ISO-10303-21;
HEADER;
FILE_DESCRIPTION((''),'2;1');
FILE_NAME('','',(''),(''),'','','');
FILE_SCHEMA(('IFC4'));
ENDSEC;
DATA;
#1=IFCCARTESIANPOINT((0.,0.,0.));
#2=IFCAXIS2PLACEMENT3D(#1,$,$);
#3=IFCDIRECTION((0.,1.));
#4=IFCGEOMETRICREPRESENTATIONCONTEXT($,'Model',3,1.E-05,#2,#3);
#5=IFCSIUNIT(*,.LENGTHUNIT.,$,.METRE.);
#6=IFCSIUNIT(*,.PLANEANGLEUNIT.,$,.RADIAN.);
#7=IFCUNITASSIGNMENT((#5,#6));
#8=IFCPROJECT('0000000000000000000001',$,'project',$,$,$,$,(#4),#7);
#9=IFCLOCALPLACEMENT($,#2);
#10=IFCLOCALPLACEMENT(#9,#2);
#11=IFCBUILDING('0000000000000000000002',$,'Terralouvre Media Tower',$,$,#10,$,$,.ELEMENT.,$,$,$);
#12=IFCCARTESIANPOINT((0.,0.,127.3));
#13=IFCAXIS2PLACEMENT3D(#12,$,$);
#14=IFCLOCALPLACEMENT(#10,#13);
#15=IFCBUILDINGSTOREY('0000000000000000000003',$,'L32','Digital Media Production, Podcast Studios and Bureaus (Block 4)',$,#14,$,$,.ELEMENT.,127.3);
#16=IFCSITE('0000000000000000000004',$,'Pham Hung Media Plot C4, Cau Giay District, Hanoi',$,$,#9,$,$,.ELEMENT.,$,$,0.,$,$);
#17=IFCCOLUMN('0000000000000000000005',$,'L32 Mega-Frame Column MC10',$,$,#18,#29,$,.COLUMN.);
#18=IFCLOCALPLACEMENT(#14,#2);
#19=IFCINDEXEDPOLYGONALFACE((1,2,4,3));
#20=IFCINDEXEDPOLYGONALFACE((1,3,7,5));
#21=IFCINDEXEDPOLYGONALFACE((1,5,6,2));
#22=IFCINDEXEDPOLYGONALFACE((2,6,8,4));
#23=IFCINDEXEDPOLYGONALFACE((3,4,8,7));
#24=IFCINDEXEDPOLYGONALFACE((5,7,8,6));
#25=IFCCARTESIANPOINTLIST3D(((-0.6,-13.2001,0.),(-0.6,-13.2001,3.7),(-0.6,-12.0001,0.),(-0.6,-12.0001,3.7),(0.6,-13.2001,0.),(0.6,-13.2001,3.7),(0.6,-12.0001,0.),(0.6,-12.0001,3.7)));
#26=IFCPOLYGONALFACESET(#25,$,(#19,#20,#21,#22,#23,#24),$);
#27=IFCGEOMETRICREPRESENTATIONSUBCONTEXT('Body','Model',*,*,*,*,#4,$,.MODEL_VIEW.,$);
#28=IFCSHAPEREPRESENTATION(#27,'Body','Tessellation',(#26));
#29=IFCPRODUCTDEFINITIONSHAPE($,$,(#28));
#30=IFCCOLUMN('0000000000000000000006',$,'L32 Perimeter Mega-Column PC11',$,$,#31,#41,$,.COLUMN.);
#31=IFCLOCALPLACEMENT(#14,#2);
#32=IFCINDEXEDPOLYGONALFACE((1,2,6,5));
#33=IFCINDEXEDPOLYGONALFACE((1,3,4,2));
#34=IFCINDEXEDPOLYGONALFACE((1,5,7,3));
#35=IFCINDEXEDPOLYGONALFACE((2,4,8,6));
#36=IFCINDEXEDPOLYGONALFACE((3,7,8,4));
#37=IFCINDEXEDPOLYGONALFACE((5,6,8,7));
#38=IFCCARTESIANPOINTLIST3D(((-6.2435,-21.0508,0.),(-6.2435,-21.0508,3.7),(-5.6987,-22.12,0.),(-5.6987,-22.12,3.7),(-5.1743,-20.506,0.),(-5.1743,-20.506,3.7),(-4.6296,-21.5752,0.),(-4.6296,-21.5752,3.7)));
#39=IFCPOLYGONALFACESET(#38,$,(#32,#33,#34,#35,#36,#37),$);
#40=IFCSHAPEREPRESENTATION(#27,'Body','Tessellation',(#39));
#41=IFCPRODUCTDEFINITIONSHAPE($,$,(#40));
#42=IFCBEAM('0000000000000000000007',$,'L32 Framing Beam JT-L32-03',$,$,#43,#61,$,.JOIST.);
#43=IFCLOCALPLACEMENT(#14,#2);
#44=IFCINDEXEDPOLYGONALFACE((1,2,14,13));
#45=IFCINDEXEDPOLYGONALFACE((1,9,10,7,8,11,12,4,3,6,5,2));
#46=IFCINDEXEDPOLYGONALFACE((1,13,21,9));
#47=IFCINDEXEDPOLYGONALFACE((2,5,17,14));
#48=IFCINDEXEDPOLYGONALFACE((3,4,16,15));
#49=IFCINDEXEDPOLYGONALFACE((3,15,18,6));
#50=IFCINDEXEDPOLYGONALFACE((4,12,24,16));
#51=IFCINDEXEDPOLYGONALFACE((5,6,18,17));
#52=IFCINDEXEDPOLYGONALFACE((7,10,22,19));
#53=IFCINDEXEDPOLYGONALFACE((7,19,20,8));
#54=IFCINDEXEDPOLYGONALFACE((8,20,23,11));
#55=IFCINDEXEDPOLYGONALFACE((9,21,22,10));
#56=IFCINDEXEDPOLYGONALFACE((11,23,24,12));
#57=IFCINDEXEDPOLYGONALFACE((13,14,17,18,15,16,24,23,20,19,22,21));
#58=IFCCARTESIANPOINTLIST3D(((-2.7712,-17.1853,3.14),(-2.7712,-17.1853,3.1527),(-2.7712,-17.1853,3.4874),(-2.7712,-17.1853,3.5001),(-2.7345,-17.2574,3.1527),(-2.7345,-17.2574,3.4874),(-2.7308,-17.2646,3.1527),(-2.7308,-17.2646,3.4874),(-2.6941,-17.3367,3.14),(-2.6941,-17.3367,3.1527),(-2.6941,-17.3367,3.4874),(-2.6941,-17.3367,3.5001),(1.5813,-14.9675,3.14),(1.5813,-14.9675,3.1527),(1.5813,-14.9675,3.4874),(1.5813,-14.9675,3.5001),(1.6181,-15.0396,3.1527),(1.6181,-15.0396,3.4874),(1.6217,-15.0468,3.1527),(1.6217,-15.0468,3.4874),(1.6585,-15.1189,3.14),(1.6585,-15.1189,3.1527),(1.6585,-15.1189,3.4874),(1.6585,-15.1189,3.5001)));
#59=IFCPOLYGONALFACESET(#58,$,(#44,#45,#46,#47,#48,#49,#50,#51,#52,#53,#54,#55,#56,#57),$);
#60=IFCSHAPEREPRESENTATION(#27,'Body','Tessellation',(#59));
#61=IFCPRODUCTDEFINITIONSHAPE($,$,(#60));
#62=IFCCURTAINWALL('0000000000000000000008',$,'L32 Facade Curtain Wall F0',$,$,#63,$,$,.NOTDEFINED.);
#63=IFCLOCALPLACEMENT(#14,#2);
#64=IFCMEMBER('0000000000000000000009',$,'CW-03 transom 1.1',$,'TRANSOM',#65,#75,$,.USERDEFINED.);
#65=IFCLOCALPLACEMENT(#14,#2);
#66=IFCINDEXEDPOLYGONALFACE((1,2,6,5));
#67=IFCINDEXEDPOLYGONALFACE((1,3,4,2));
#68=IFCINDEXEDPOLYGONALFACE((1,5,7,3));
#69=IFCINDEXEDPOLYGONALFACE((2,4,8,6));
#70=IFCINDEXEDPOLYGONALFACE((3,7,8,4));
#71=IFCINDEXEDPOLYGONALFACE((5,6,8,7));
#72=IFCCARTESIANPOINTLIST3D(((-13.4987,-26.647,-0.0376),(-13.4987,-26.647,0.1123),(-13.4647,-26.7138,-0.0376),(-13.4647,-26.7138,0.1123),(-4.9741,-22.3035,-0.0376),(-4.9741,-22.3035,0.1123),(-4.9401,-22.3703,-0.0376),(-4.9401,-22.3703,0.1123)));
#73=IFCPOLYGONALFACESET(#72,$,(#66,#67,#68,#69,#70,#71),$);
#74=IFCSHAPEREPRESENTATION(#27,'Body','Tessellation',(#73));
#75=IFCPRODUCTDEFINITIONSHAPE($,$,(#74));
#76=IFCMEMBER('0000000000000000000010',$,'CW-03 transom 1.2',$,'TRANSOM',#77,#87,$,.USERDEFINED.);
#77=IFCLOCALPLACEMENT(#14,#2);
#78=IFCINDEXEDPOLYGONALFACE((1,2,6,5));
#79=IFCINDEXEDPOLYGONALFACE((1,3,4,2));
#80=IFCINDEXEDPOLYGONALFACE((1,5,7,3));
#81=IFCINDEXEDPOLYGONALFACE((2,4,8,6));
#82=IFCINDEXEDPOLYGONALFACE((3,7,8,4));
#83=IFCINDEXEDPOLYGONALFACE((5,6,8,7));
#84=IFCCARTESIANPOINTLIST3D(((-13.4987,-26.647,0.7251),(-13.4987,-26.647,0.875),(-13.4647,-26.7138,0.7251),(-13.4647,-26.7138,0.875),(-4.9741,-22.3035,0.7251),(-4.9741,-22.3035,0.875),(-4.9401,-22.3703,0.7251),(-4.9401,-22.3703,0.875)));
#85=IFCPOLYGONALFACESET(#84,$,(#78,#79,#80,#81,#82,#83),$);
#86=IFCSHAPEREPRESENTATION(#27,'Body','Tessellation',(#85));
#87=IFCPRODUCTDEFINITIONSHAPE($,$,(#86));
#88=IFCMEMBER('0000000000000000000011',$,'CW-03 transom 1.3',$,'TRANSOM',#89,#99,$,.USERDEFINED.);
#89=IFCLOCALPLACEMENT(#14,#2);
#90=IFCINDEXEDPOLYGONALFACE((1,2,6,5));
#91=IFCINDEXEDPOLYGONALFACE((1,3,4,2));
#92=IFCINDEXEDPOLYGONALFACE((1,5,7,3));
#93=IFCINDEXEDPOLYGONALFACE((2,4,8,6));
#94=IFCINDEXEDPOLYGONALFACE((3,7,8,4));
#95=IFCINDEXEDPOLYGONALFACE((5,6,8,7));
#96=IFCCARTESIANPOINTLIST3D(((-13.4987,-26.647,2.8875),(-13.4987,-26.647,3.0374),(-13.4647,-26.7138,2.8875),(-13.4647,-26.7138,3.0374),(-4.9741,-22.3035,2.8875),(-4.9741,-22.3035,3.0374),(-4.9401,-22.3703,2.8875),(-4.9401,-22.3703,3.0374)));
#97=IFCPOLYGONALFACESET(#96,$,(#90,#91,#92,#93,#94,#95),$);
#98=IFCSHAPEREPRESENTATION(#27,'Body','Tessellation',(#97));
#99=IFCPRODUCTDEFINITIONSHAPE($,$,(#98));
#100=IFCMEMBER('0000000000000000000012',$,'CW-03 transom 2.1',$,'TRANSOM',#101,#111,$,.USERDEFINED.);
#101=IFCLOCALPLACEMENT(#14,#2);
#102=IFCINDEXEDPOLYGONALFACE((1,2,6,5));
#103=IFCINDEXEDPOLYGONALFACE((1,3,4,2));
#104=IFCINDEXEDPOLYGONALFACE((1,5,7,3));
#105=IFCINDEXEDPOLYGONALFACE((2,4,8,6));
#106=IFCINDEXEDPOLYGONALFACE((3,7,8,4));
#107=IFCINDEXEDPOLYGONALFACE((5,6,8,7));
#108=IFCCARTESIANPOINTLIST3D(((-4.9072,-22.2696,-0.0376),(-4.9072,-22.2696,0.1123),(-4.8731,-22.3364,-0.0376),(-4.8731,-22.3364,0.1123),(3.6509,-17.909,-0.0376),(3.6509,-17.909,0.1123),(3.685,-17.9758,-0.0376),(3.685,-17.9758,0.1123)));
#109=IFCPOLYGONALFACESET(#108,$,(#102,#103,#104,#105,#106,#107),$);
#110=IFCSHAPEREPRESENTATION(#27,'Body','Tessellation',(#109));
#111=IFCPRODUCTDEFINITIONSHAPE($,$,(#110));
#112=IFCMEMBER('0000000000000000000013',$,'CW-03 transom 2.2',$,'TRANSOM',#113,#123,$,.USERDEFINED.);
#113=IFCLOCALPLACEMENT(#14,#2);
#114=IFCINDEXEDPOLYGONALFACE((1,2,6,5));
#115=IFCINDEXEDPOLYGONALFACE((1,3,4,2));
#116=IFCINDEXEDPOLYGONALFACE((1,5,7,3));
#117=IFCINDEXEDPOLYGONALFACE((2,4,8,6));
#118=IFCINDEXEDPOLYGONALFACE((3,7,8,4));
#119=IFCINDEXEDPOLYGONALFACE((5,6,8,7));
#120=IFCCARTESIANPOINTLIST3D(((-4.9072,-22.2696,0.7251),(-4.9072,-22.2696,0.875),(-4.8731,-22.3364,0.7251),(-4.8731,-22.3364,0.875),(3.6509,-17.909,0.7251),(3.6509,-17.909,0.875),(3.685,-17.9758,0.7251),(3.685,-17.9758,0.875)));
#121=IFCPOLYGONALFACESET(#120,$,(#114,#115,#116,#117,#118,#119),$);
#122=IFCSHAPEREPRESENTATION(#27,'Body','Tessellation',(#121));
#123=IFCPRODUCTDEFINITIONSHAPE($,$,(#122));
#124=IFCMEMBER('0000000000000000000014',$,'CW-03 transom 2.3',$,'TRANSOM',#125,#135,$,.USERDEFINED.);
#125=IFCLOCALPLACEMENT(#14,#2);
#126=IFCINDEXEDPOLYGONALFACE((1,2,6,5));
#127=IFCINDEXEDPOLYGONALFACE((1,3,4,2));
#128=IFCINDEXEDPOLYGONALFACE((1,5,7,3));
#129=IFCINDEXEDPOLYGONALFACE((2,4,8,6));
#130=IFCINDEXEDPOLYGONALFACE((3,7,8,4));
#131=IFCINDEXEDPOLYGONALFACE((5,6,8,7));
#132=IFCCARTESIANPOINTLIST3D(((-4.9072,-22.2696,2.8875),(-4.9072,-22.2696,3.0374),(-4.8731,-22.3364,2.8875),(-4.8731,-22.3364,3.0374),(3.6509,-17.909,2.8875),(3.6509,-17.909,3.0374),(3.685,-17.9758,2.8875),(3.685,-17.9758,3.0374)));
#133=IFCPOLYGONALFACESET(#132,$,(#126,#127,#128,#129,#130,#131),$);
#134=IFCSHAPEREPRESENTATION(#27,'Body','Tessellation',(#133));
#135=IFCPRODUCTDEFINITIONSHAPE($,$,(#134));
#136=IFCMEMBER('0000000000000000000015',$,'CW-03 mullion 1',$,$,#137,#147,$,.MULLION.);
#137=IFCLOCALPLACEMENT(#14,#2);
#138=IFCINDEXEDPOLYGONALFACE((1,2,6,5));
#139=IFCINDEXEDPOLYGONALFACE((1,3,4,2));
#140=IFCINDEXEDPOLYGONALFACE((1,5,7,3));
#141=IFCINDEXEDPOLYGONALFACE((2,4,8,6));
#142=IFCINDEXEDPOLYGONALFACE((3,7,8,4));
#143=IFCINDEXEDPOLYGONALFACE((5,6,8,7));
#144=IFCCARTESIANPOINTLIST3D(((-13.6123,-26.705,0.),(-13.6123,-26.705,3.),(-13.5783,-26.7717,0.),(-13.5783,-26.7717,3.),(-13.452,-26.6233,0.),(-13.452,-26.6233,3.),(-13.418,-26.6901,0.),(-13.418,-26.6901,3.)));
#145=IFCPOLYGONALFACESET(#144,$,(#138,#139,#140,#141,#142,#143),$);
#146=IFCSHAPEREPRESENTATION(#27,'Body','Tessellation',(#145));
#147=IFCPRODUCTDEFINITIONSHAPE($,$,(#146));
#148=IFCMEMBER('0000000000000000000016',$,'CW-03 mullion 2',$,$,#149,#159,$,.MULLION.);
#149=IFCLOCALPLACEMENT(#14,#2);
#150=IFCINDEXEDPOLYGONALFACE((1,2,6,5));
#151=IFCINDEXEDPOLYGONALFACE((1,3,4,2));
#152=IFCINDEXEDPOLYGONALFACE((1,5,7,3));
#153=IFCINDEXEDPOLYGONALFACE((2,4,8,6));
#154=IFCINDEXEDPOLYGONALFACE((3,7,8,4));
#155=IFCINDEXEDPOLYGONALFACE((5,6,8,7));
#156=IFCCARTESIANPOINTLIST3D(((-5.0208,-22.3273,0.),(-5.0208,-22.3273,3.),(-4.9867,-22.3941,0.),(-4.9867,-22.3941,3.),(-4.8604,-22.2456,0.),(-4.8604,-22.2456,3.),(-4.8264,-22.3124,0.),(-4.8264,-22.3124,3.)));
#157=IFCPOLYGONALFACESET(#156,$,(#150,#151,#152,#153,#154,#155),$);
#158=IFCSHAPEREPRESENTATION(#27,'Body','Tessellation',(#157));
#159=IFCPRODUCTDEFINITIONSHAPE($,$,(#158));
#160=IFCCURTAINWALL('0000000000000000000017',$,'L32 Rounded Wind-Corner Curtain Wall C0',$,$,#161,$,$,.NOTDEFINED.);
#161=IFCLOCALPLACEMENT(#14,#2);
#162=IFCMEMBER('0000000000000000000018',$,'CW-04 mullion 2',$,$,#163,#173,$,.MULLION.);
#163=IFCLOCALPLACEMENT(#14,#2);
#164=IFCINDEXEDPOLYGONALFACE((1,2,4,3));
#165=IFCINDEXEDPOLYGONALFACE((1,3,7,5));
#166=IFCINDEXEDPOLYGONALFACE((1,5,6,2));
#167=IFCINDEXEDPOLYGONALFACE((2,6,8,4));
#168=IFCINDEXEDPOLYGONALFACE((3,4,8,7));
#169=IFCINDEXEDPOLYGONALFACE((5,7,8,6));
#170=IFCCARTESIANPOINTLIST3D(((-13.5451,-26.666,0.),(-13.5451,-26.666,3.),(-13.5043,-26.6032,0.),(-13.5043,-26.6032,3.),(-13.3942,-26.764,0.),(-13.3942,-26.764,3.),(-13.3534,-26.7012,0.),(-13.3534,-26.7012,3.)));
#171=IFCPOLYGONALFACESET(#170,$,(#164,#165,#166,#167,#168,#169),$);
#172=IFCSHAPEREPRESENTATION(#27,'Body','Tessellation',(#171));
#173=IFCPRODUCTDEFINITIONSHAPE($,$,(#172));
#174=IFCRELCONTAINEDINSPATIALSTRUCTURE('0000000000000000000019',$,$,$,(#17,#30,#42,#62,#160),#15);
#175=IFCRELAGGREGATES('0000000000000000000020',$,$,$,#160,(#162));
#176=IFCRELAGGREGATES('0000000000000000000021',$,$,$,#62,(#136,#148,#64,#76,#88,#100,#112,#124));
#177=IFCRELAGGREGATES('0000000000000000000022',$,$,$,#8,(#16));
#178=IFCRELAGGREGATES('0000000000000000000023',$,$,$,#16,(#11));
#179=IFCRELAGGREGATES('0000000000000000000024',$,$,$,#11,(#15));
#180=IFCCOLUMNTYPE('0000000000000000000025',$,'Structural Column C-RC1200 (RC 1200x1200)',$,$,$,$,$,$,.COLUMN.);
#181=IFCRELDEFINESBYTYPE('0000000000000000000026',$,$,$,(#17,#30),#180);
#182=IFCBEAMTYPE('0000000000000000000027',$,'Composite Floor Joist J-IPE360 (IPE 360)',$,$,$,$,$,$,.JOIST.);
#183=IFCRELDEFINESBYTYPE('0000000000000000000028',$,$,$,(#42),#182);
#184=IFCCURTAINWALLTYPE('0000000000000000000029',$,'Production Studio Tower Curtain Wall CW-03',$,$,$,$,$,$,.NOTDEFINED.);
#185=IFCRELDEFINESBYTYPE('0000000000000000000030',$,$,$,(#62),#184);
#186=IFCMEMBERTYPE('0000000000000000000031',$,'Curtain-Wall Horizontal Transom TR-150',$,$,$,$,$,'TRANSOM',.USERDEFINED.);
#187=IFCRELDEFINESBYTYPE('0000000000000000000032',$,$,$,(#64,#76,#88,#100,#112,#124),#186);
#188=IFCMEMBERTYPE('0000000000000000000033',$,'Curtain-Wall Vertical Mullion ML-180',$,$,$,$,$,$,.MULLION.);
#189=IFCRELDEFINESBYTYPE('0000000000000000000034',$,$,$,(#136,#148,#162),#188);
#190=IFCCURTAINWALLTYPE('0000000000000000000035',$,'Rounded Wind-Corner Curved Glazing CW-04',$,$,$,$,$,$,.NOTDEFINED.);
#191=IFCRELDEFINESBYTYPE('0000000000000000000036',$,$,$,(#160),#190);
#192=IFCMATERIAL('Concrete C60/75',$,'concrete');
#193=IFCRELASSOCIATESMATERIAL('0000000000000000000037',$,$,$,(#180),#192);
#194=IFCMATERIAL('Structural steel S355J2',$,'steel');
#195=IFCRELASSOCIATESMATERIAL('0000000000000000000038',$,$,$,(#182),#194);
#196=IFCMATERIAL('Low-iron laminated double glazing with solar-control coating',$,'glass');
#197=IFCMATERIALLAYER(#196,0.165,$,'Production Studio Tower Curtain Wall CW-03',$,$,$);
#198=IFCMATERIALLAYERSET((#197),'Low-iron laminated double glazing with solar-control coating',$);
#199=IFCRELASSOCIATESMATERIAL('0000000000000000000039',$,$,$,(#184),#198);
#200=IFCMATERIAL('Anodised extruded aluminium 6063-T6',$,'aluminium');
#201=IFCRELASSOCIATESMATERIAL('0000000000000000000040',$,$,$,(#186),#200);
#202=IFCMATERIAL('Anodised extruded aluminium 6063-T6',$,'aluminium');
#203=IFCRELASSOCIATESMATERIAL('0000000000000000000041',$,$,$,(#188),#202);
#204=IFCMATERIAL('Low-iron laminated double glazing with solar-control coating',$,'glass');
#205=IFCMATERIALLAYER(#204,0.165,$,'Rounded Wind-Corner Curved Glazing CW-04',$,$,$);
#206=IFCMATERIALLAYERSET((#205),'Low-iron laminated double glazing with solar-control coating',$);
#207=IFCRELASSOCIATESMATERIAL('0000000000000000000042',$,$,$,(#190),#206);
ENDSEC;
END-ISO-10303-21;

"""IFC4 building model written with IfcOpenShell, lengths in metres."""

from ifc_helpers import new_model, si_unit, direction, frame, origin, origin_2d, place, context, subcontext, project, spatial, rectangle, i_section, extrude, material, layer, layer_set, material_profile, profile_set, type_object, element, aggregate, save


model = new_model("IFC4")

# Units and contexts
model_context = context("Model", 3, precision=1e-05, world=origin(), true_north=direction((0.0, 1.0)))
body_context = subcontext(model_context, "Body", "Model", "MODEL_VIEW")
ifc_project = project(units=[si_unit("LENGTHUNIT", "METRE"), si_unit("PLANEANGLEUNIT", "RADIAN")], contexts=[model_context])

# Site, building, storey
site_placement = place(None, origin())
site = spatial("IfcSite", under=ifc_project, at=site_placement, Name="Pham Hung Media Plot C4, Cau Giay District, Hanoi", CompositionType="ELEMENT", RefElevation=0.0)
building_placement = place(site_placement, origin())
building = spatial("IfcBuilding", under=site, at=building_placement, Name="Terralouvre Media Tower", CompositionType="ELEMENT")
storey_placement = place(building_placement, frame((0.0, 0.0, 127.3)))
storey = spatial("IfcBuildingStorey", under=building, at=storey_placement, Name="L32", Description="Digital Media Production, Podcast Studios and Bureaus (Block 4)", CompositionType="ELEMENT", Elevation=127.3)

# Columns
ifc_material_1 = material(Name="Concrete C60/75", Category="concrete")
ifc_material_profile_1 = material_profile(ifc_material_1, rectangle(XDim=1.2, YDim=1.2, at=origin_2d()), Name="RC 1200x1200")
ifc_profile_set_1 = profile_set([ifc_material_profile_1], Name="Concrete C60/75")
column_type = type_object("IfcColumnType", Name="Structural Column C-RC1200 (RC 1200x1200)", PredefinedType="COLUMN", material=ifc_profile_set_1)
for number, where, z_axis, x_axis, name in (
    (1, (0.0, -12.6001, 0.0), (0.0, 0.0, 1.0), (1.0, 0.0, 0.0), "L32 Mega-Frame Column MC10"),
    (2, (-5.4365, -21.313, 0.0), (0.0, 0.0, 1.0), (0.891007, 0.45399, 0.0), "L32 Perimeter Mega-Column PC11"),
):
    element("IfcColumn", number, at=place(storey_placement, frame(where, z_axis=z_axis, x_axis=x_axis)), inside=storey, type_object=column_type, Name=name, PredefinedType="COLUMN", context=body_context, shape_type="SweptSolid", body=[
        extrude(rectangle(XDim=1.2, YDim=1.2, at=origin_2d()), origin(), (0.0, 0.0, 1.0), 3.7),
    ])

# Beam
ifc_material_2 = material(Name="Structural steel S355J2", Category="steel")
ifc_material_profile_2 = material_profile(ifc_material_2, i_section(OverallWidth=0.1699, OverallDepth=0.3601, WebThickness=0.0081, FlangeThickness=0.0127, at=origin_2d()), Name="IPE 360")
ifc_profile_set_2 = profile_set([ifc_material_profile_2], Name="Structural steel S355J2")
beam_type_1 = type_object("IfcBeamType", Name="Composite Floor Joist J-IPE360 (IPE 360)", PredefinedType="JOIST", material=ifc_profile_set_2)
beam_1_placement = place(storey_placement, frame((-2.7327, -17.261, 3.3201), z_axis=(0.891003, 0.453998, 0.0), x_axis=(-0.453998, 0.891003, 0.0)))
element("IfcBeam", 3, at=beam_1_placement, inside=storey, type_object=beam_type_1, Name="L32 Framing Beam JT-L32-03", PredefinedType="JOIST", context=body_context, shape_type="SweptSolid", body=[
    extrude(i_section(OverallWidth=0.1699, OverallDepth=0.3601, WebThickness=0.0081, FlangeThickness=0.0127, at=origin_2d()), origin(), (0.0, 0.0, 1.0), 4.885),
])

# Curtain wall, members
ifc_material_3 = material(Name="Low-iron laminated double glazing with solar-control coating", Category="glass")
ifc_layer_1 = layer(ifc_material_3, 0.165, Name="Production Studio Tower Curtain Wall CW-03")
ifc_layer_set_1 = layer_set([ifc_layer_1], Name="Low-iron laminated double glazing with solar-control coating")
curtain_wall_type_1 = type_object("IfcCurtainWallType", Name="Production Studio Tower Curtain Wall CW-03", PredefinedType="NOTDEFINED", material=ifc_layer_set_1)
curtain_wall_1_placement = place(storey_placement, origin())
curtain_wall_1 = element("IfcCurtainWall", 4, at=curtain_wall_1_placement, inside=storey, type_object=curtain_wall_type_1, Name="L32 Facade Curtain Wall F0", PredefinedType="NOTDEFINED")
ifc_material_4 = material(Name="Anodised extruded aluminium 6063-T6", Category="aluminium")
ifc_material_profile_3 = material_profile(ifc_material_4, rectangle(XDim=0.075, YDim=0.1499, at=origin_2d()), Name="ALU 75x150")
ifc_profile_set_3 = profile_set([ifc_material_profile_3], Name="Anodised extruded aluminium 6063-T6")
member_type_1 = type_object("IfcMemberType", Name="Curtain-Wall Horizontal Transom TR-150", ElementType="TRANSOM", PredefinedType="USERDEFINED", material=ifc_profile_set_3)
member_1_placement = place(storey_placement, frame((-13.4817, -26.6804, 0.0374), z_axis=(0.891008, 0.453988, 0.0), x_axis=(-0.453988, 0.891008, 0.0)))
member_1 = element("IfcMember", 5, at=member_1_placement, type_object=member_type_1, Name="CW-03 transom 1.1", ObjectType="TRANSOM", PredefinedType="USERDEFINED", context=body_context, shape_type="SweptSolid", body=[
    extrude(rectangle(XDim=0.075, YDim=0.1499, at=origin_2d()), origin(), (0.0, 0.0, 1.0), 9.5674),
])
member_2_placement = place(storey_placement, frame((-13.4817, -26.6804, 0.8), z_axis=(0.891008, 0.453988, 0.0), x_axis=(-0.453988, 0.891008, 0.0)))
member_2 = element("IfcMember", 6, at=member_2_placement, type_object=member_type_1, Name="CW-03 transom 1.2", ObjectType="TRANSOM", PredefinedType="USERDEFINED", context=body_context, shape_type="SweptSolid", body=[
    extrude(rectangle(XDim=0.075, YDim=0.1499, at=origin_2d()), origin(), (0.0, 0.0, 1.0), 9.5674),
])
member_3_placement = place(storey_placement, frame((-13.4817, -26.6804, 2.9624), z_axis=(0.891008, 0.453988, 0.0), x_axis=(-0.453988, 0.891008, 0.0)))
member_3 = element("IfcMember", 7, at=member_3_placement, type_object=member_type_1, Name="CW-03 transom 1.3", ObjectType="TRANSOM", PredefinedType="USERDEFINED", context=body_context, shape_type="SweptSolid", body=[
    extrude(rectangle(XDim=0.075, YDim=0.1499, at=origin_2d()), origin(), (0.0, 0.0, 1.0), 9.5674),
])
member_4_placement = place(storey_placement, frame((-4.8901, -22.303, 0.0374), z_axis=(0.891006, 0.453992, 0.0), x_axis=(-0.453992, 0.891006, 0.0)))
member_4 = element("IfcMember", 8, at=member_4_placement, type_object=member_type_1, Name="CW-03 transom 2.1", ObjectType="TRANSOM", PredefinedType="USERDEFINED", context=body_context, shape_type="SweptSolid", body=[
    extrude(rectangle(XDim=0.075, YDim=0.1499, at=origin_2d()), origin(), (0.0, 0.0, 1.0), 9.605),
])
member_5_placement = place(storey_placement, frame((-4.8901, -22.303, 0.8), z_axis=(0.891006, 0.453992, 0.0), x_axis=(-0.453992, 0.891006, 0.0)))
member_5 = element("IfcMember", 9, at=member_5_placement, type_object=member_type_1, Name="CW-03 transom 2.2", ObjectType="TRANSOM", PredefinedType="USERDEFINED", context=body_context, shape_type="SweptSolid", body=[
    extrude(rectangle(XDim=0.075, YDim=0.1499, at=origin_2d()), origin(), (0.0, 0.0, 1.0), 9.605),
])
member_6_placement = place(storey_placement, frame((-4.8901, -22.303, 2.9624), z_axis=(0.891006, 0.453992, 0.0), x_axis=(-0.453992, 0.891006, 0.0)))
member_6 = element("IfcMember", 10, at=member_6_placement, type_object=member_type_1, Name="CW-03 transom 2.3", ObjectType="TRANSOM", PredefinedType="USERDEFINED", context=body_context, shape_type="SweptSolid", body=[
    extrude(rectangle(XDim=0.075, YDim=0.1499, at=origin_2d()), origin(), (0.0, 0.0, 1.0), 9.605),
])
ifc_material_5 = material(Name="Anodised extruded aluminium 6063-T6", Category="aluminium")
ifc_material_profile_4 = material_profile(ifc_material_5, rectangle(XDim=0.075, YDim=0.1799, at=origin_2d()), Name="ALU 75x180")
ifc_profile_set_4 = profile_set([ifc_material_profile_4], Name="Anodised extruded aluminium 6063-T6")
member_type_2 = type_object("IfcMemberType", Name="Curtain-Wall Vertical Mullion ML-180", PredefinedType="MULLION", material=ifc_profile_set_4)
member_7_placement = place(storey_placement, frame((-13.5151, -26.6975, 0.0), z_axis=(0.0, 0.0, 1.0), x_axis=(-0.453991, 0.891007, 0.0)))
member_7 = element("IfcMember", 11, at=member_7_placement, type_object=member_type_2, Name="CW-03 mullion 1", PredefinedType="MULLION", context=body_context, shape_type="SweptSolid", body=[
    extrude(rectangle(XDim=0.075, YDim=0.1799, at=origin_2d()), origin(), (0.0, 0.0, 1.0), 3.0),
])
member_8_placement = place(storey_placement, frame((-4.9236, -22.3198, 0.0), z_axis=(0.0, 0.0, 1.0), x_axis=(-0.453991, 0.891007, 0.0)))
member_8 = element("IfcMember", 12, at=member_8_placement, type_object=member_type_2, Name="CW-03 mullion 2", PredefinedType="MULLION", context=body_context, shape_type="SweptSolid", body=[
    extrude(rectangle(XDim=0.075, YDim=0.1799, at=origin_2d()), origin(), (0.0, 0.0, 1.0), 3.0),
])

# Curtain wall, member
ifc_material_6 = material(Name="Low-iron laminated double glazing with solar-control coating", Category="glass")
ifc_layer_2 = layer(ifc_material_6, 0.165, Name="Rounded Wind-Corner Curved Glazing CW-04")
ifc_layer_set_2 = layer_set([ifc_layer_2], Name="Low-iron laminated double glazing with solar-control coating")
curtain_wall_type_2 = type_object("IfcCurtainWallType", Name="Rounded Wind-Corner Curved Glazing CW-04", PredefinedType="NOTDEFINED", material=ifc_layer_set_2)
curtain_wall_2_placement = place(storey_placement, origin())
curtain_wall_2 = element("IfcCurtainWall", 13, at=curtain_wall_2_placement, inside=storey, type_object=curtain_wall_type_2, Name="L32 Rounded Wind-Corner Curtain Wall C0", PredefinedType="NOTDEFINED")
member_9_placement = place(storey_placement, frame((-13.4492, -26.6836, 0.0), z_axis=(0.0, 0.0, 1.0), x_axis=(0.544639, 0.83867, 0.0)))
member_9 = element("IfcMember", 14, at=member_9_placement, type_object=member_type_2, Name="CW-04 mullion 2", PredefinedType="MULLION", context=body_context, shape_type="SweptSolid", body=[
    extrude(rectangle(XDim=0.075, YDim=0.1799, at=origin_2d()), origin(), (0.0, 0.0, 1.0), 3.0),
])
aggregate(curtain_wall_2, [member_9])

aggregate(curtain_wall_1, [member_7, member_8, member_1, member_2, member_3, member_4, member_5, member_6])

save(model, "model.ifc")
